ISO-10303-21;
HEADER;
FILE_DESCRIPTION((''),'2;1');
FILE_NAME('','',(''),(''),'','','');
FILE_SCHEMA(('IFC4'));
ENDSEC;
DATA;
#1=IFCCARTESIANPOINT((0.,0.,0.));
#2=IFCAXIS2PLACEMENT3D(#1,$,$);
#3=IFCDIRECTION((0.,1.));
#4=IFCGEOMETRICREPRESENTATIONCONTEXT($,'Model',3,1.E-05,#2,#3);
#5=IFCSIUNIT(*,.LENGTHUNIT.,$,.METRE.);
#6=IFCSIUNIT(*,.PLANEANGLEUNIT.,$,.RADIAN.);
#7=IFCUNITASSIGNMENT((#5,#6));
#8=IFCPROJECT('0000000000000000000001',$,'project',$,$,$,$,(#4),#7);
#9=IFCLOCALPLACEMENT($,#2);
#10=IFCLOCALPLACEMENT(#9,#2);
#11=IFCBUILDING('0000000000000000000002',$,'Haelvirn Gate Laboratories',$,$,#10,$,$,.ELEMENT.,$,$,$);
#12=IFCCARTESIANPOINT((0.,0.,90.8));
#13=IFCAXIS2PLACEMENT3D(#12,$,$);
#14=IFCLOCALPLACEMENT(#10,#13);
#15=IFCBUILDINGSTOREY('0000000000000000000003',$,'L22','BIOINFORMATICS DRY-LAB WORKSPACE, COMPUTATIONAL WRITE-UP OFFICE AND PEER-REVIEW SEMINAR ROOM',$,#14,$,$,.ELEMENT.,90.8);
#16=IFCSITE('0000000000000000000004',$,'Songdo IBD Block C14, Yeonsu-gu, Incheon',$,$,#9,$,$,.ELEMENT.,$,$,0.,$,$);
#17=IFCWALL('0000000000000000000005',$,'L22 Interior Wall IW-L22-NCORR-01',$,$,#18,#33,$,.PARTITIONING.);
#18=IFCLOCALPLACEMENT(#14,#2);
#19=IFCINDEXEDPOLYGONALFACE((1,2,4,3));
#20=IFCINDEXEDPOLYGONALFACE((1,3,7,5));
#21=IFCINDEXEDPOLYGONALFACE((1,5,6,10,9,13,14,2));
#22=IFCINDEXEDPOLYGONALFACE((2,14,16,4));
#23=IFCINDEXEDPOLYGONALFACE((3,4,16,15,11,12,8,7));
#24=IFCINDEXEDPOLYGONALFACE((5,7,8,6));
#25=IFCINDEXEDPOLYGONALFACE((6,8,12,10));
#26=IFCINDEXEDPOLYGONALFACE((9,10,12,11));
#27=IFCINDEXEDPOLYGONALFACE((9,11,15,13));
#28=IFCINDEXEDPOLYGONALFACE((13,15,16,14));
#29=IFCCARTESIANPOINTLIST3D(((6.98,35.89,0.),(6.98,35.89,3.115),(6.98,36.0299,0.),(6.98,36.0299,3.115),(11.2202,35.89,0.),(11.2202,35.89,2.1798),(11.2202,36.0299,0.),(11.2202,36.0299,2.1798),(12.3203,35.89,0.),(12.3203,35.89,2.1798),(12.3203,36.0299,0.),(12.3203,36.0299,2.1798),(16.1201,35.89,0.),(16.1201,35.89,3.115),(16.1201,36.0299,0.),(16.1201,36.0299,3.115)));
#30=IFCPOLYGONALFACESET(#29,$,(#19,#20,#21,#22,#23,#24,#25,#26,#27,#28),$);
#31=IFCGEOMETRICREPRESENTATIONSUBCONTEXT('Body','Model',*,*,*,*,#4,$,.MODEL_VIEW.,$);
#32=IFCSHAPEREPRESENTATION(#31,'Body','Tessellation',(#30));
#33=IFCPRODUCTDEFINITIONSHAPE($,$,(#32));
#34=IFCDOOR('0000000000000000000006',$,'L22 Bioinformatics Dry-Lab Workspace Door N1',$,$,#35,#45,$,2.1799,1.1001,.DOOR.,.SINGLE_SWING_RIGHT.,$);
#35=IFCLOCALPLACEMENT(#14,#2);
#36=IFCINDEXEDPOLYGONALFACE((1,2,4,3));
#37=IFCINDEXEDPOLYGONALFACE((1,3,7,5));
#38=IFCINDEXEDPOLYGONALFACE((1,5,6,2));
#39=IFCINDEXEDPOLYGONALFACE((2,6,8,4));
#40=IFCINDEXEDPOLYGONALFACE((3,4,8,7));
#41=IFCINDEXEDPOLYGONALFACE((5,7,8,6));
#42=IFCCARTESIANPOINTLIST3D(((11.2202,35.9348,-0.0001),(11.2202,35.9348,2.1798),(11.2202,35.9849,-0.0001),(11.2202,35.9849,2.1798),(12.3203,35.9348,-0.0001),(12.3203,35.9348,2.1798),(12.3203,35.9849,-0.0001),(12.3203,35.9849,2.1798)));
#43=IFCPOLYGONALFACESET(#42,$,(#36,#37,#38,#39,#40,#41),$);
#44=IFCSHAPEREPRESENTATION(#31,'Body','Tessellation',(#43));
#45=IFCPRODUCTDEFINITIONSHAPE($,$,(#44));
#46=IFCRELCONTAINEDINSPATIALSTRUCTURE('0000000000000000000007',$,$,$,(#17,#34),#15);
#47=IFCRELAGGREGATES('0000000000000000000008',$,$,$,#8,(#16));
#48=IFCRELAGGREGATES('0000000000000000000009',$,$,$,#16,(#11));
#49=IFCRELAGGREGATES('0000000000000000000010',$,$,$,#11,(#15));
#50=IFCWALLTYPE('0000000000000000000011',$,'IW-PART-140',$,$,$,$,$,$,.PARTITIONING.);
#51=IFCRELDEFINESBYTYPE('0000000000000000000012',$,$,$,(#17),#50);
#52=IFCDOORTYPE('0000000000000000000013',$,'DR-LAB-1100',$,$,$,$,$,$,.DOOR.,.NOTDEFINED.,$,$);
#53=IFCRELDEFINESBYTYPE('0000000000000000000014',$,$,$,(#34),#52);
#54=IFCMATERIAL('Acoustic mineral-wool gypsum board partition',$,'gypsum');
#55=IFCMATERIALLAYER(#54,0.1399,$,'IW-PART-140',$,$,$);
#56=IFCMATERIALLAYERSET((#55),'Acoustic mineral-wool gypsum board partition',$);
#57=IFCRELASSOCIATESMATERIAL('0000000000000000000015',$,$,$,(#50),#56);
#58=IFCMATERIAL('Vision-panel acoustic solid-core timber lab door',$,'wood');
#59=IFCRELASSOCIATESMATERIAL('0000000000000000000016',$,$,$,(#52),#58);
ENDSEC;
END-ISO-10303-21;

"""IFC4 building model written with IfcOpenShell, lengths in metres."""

from ifc_helpers import new_model, si_unit, direction, frame, frame_2d, origin, place, context, subcontext, project, spatial, rectangle, extrude, source, transform, mapped, material, layer, layer_set, type_object, type_shapes, element, fill, save


model = new_model("IFC4")

# Units and contexts
model_context = context("Model", 3, precision=1e-05, world=origin(), true_north=direction((0.0, 1.0)))
body_context = subcontext(model_context, "Body", "Model", "MODEL_VIEW")
ifc_project = project(units=[si_unit("LENGTHUNIT", "METRE"), si_unit("PLANEANGLEUNIT", "RADIAN")], contexts=[model_context])

# Site, building, storey
site_placement = place(None, origin())
site = spatial("IfcSite", under=ifc_project, at=site_placement, Name="Songdo IBD Block C14, Yeonsu-gu, Incheon", CompositionType="ELEMENT", RefElevation=0.0)
building_placement = place(site_placement, origin())
building = spatial("IfcBuilding", under=site, at=building_placement, Name="Haelvirn Gate Laboratories", CompositionType="ELEMENT")
storey_placement = place(building_placement, frame((0.0, 0.0, 90.8)))
storey = spatial("IfcBuildingStorey", under=building, at=storey_placement, Name="L22", Description="BIOINFORMATICS DRY-LAB WORKSPACE, COMPUTATIONAL WRITE-UP OFFICE AND PEER-REVIEW SEMINAR ROOM", CompositionType="ELEMENT", Elevation=90.8)

# Wall, opening, door
ifc_material_1 = material(Name="Acoustic mineral-wool gypsum board partition", Category="gypsum")
ifc_layer_1 = layer(ifc_material_1, 0.1399, Name="IW-PART-140")
ifc_layer_set_1 = layer_set([ifc_layer_1], Name="Acoustic mineral-wool gypsum board partition")
wall_type_1 = type_object("IfcWallType", Name="IW-PART-140", PredefinedType="PARTITIONING", material=ifc_layer_set_1)
wall_1_placement = place(storey_placement, frame((6.98, 35.96, 0.0), z_axis=(0.0, 0.0, 1.0), x_axis=(1.0, 0.0, 0.0)))
wall_1 = element("IfcWall", 1, at=wall_1_placement, inside=storey, type_object=wall_type_1, Name="L22 Interior Wall IW-L22-NCORR-01", PredefinedType="PARTITIONING", context=body_context, shape_type="SweptSolid", body=[
    extrude(rectangle(XDim=9.1401, YDim=0.1399, at=frame_2d((4.5701, 0.0))), origin(), (0.0, 0.0, 1.0), 3.115),
])
opening_1_placement = place(wall_1_placement, frame((4.2402, 0.0, 0.0)))
opening_1 = element("IfcOpeningElement", 2, at=opening_1_placement, cuts=wall_1, PredefinedType="OPENING", context=body_context, shape_type="SweptSolid", body=[
    extrude(rectangle(XDim=1.1001, YDim=2.1799, at=frame_2d((0.55, 1.0898))), frame((0.0, 0.0801, 0.0), z_axis=(0.0, -1.0, 0.0), x_axis=(1.0, 0.0, 0.0)), (0.0, 0.0, 1.0), 0.1599),
])
ifc_material_2 = material(Name="Vision-panel acoustic solid-core timber lab door", Category="wood")
door_type_1 = type_object("IfcDoorType", Name="DR-LAB-1100", OperationType="NOTDEFINED", PredefinedType="DOOR", material=ifc_material_2)
shared_shape_1 = source(origin(), body_context, "Body", "SweptSolid", [
    extrude(rectangle(XDim=1.1001, YDim=2.1799, at=frame_2d((0.55, 1.0898))), frame((0.0, 0.0249, 0.0), z_axis=(0.0, -1.0, 0.0), x_axis=(1.0, 0.0, 0.0)), (0.0, 0.0, 1.0), 0.05),
])
type_shapes(door_type_1, [shared_shape_1])
door_1_placement = place(opening_1_placement, origin())
door_1 = element("IfcDoor", 3, at=door_1_placement, inside=storey, type_object=door_type_1, Name="L22 Bioinformatics Dry-Lab Workspace Door N1", OperationType="SINGLE_SWING_RIGHT", OverallHeight=2.1799, OverallWidth=1.1001, PredefinedType="DOOR", context=body_context, shape_type="MappedRepresentation", body=[
    mapped(shared_shape_1, transform((0.0, 0.0, 0.0), scale=1.0)),
])
fill(opening_1, door_1)

save(model, "model.ifc")
